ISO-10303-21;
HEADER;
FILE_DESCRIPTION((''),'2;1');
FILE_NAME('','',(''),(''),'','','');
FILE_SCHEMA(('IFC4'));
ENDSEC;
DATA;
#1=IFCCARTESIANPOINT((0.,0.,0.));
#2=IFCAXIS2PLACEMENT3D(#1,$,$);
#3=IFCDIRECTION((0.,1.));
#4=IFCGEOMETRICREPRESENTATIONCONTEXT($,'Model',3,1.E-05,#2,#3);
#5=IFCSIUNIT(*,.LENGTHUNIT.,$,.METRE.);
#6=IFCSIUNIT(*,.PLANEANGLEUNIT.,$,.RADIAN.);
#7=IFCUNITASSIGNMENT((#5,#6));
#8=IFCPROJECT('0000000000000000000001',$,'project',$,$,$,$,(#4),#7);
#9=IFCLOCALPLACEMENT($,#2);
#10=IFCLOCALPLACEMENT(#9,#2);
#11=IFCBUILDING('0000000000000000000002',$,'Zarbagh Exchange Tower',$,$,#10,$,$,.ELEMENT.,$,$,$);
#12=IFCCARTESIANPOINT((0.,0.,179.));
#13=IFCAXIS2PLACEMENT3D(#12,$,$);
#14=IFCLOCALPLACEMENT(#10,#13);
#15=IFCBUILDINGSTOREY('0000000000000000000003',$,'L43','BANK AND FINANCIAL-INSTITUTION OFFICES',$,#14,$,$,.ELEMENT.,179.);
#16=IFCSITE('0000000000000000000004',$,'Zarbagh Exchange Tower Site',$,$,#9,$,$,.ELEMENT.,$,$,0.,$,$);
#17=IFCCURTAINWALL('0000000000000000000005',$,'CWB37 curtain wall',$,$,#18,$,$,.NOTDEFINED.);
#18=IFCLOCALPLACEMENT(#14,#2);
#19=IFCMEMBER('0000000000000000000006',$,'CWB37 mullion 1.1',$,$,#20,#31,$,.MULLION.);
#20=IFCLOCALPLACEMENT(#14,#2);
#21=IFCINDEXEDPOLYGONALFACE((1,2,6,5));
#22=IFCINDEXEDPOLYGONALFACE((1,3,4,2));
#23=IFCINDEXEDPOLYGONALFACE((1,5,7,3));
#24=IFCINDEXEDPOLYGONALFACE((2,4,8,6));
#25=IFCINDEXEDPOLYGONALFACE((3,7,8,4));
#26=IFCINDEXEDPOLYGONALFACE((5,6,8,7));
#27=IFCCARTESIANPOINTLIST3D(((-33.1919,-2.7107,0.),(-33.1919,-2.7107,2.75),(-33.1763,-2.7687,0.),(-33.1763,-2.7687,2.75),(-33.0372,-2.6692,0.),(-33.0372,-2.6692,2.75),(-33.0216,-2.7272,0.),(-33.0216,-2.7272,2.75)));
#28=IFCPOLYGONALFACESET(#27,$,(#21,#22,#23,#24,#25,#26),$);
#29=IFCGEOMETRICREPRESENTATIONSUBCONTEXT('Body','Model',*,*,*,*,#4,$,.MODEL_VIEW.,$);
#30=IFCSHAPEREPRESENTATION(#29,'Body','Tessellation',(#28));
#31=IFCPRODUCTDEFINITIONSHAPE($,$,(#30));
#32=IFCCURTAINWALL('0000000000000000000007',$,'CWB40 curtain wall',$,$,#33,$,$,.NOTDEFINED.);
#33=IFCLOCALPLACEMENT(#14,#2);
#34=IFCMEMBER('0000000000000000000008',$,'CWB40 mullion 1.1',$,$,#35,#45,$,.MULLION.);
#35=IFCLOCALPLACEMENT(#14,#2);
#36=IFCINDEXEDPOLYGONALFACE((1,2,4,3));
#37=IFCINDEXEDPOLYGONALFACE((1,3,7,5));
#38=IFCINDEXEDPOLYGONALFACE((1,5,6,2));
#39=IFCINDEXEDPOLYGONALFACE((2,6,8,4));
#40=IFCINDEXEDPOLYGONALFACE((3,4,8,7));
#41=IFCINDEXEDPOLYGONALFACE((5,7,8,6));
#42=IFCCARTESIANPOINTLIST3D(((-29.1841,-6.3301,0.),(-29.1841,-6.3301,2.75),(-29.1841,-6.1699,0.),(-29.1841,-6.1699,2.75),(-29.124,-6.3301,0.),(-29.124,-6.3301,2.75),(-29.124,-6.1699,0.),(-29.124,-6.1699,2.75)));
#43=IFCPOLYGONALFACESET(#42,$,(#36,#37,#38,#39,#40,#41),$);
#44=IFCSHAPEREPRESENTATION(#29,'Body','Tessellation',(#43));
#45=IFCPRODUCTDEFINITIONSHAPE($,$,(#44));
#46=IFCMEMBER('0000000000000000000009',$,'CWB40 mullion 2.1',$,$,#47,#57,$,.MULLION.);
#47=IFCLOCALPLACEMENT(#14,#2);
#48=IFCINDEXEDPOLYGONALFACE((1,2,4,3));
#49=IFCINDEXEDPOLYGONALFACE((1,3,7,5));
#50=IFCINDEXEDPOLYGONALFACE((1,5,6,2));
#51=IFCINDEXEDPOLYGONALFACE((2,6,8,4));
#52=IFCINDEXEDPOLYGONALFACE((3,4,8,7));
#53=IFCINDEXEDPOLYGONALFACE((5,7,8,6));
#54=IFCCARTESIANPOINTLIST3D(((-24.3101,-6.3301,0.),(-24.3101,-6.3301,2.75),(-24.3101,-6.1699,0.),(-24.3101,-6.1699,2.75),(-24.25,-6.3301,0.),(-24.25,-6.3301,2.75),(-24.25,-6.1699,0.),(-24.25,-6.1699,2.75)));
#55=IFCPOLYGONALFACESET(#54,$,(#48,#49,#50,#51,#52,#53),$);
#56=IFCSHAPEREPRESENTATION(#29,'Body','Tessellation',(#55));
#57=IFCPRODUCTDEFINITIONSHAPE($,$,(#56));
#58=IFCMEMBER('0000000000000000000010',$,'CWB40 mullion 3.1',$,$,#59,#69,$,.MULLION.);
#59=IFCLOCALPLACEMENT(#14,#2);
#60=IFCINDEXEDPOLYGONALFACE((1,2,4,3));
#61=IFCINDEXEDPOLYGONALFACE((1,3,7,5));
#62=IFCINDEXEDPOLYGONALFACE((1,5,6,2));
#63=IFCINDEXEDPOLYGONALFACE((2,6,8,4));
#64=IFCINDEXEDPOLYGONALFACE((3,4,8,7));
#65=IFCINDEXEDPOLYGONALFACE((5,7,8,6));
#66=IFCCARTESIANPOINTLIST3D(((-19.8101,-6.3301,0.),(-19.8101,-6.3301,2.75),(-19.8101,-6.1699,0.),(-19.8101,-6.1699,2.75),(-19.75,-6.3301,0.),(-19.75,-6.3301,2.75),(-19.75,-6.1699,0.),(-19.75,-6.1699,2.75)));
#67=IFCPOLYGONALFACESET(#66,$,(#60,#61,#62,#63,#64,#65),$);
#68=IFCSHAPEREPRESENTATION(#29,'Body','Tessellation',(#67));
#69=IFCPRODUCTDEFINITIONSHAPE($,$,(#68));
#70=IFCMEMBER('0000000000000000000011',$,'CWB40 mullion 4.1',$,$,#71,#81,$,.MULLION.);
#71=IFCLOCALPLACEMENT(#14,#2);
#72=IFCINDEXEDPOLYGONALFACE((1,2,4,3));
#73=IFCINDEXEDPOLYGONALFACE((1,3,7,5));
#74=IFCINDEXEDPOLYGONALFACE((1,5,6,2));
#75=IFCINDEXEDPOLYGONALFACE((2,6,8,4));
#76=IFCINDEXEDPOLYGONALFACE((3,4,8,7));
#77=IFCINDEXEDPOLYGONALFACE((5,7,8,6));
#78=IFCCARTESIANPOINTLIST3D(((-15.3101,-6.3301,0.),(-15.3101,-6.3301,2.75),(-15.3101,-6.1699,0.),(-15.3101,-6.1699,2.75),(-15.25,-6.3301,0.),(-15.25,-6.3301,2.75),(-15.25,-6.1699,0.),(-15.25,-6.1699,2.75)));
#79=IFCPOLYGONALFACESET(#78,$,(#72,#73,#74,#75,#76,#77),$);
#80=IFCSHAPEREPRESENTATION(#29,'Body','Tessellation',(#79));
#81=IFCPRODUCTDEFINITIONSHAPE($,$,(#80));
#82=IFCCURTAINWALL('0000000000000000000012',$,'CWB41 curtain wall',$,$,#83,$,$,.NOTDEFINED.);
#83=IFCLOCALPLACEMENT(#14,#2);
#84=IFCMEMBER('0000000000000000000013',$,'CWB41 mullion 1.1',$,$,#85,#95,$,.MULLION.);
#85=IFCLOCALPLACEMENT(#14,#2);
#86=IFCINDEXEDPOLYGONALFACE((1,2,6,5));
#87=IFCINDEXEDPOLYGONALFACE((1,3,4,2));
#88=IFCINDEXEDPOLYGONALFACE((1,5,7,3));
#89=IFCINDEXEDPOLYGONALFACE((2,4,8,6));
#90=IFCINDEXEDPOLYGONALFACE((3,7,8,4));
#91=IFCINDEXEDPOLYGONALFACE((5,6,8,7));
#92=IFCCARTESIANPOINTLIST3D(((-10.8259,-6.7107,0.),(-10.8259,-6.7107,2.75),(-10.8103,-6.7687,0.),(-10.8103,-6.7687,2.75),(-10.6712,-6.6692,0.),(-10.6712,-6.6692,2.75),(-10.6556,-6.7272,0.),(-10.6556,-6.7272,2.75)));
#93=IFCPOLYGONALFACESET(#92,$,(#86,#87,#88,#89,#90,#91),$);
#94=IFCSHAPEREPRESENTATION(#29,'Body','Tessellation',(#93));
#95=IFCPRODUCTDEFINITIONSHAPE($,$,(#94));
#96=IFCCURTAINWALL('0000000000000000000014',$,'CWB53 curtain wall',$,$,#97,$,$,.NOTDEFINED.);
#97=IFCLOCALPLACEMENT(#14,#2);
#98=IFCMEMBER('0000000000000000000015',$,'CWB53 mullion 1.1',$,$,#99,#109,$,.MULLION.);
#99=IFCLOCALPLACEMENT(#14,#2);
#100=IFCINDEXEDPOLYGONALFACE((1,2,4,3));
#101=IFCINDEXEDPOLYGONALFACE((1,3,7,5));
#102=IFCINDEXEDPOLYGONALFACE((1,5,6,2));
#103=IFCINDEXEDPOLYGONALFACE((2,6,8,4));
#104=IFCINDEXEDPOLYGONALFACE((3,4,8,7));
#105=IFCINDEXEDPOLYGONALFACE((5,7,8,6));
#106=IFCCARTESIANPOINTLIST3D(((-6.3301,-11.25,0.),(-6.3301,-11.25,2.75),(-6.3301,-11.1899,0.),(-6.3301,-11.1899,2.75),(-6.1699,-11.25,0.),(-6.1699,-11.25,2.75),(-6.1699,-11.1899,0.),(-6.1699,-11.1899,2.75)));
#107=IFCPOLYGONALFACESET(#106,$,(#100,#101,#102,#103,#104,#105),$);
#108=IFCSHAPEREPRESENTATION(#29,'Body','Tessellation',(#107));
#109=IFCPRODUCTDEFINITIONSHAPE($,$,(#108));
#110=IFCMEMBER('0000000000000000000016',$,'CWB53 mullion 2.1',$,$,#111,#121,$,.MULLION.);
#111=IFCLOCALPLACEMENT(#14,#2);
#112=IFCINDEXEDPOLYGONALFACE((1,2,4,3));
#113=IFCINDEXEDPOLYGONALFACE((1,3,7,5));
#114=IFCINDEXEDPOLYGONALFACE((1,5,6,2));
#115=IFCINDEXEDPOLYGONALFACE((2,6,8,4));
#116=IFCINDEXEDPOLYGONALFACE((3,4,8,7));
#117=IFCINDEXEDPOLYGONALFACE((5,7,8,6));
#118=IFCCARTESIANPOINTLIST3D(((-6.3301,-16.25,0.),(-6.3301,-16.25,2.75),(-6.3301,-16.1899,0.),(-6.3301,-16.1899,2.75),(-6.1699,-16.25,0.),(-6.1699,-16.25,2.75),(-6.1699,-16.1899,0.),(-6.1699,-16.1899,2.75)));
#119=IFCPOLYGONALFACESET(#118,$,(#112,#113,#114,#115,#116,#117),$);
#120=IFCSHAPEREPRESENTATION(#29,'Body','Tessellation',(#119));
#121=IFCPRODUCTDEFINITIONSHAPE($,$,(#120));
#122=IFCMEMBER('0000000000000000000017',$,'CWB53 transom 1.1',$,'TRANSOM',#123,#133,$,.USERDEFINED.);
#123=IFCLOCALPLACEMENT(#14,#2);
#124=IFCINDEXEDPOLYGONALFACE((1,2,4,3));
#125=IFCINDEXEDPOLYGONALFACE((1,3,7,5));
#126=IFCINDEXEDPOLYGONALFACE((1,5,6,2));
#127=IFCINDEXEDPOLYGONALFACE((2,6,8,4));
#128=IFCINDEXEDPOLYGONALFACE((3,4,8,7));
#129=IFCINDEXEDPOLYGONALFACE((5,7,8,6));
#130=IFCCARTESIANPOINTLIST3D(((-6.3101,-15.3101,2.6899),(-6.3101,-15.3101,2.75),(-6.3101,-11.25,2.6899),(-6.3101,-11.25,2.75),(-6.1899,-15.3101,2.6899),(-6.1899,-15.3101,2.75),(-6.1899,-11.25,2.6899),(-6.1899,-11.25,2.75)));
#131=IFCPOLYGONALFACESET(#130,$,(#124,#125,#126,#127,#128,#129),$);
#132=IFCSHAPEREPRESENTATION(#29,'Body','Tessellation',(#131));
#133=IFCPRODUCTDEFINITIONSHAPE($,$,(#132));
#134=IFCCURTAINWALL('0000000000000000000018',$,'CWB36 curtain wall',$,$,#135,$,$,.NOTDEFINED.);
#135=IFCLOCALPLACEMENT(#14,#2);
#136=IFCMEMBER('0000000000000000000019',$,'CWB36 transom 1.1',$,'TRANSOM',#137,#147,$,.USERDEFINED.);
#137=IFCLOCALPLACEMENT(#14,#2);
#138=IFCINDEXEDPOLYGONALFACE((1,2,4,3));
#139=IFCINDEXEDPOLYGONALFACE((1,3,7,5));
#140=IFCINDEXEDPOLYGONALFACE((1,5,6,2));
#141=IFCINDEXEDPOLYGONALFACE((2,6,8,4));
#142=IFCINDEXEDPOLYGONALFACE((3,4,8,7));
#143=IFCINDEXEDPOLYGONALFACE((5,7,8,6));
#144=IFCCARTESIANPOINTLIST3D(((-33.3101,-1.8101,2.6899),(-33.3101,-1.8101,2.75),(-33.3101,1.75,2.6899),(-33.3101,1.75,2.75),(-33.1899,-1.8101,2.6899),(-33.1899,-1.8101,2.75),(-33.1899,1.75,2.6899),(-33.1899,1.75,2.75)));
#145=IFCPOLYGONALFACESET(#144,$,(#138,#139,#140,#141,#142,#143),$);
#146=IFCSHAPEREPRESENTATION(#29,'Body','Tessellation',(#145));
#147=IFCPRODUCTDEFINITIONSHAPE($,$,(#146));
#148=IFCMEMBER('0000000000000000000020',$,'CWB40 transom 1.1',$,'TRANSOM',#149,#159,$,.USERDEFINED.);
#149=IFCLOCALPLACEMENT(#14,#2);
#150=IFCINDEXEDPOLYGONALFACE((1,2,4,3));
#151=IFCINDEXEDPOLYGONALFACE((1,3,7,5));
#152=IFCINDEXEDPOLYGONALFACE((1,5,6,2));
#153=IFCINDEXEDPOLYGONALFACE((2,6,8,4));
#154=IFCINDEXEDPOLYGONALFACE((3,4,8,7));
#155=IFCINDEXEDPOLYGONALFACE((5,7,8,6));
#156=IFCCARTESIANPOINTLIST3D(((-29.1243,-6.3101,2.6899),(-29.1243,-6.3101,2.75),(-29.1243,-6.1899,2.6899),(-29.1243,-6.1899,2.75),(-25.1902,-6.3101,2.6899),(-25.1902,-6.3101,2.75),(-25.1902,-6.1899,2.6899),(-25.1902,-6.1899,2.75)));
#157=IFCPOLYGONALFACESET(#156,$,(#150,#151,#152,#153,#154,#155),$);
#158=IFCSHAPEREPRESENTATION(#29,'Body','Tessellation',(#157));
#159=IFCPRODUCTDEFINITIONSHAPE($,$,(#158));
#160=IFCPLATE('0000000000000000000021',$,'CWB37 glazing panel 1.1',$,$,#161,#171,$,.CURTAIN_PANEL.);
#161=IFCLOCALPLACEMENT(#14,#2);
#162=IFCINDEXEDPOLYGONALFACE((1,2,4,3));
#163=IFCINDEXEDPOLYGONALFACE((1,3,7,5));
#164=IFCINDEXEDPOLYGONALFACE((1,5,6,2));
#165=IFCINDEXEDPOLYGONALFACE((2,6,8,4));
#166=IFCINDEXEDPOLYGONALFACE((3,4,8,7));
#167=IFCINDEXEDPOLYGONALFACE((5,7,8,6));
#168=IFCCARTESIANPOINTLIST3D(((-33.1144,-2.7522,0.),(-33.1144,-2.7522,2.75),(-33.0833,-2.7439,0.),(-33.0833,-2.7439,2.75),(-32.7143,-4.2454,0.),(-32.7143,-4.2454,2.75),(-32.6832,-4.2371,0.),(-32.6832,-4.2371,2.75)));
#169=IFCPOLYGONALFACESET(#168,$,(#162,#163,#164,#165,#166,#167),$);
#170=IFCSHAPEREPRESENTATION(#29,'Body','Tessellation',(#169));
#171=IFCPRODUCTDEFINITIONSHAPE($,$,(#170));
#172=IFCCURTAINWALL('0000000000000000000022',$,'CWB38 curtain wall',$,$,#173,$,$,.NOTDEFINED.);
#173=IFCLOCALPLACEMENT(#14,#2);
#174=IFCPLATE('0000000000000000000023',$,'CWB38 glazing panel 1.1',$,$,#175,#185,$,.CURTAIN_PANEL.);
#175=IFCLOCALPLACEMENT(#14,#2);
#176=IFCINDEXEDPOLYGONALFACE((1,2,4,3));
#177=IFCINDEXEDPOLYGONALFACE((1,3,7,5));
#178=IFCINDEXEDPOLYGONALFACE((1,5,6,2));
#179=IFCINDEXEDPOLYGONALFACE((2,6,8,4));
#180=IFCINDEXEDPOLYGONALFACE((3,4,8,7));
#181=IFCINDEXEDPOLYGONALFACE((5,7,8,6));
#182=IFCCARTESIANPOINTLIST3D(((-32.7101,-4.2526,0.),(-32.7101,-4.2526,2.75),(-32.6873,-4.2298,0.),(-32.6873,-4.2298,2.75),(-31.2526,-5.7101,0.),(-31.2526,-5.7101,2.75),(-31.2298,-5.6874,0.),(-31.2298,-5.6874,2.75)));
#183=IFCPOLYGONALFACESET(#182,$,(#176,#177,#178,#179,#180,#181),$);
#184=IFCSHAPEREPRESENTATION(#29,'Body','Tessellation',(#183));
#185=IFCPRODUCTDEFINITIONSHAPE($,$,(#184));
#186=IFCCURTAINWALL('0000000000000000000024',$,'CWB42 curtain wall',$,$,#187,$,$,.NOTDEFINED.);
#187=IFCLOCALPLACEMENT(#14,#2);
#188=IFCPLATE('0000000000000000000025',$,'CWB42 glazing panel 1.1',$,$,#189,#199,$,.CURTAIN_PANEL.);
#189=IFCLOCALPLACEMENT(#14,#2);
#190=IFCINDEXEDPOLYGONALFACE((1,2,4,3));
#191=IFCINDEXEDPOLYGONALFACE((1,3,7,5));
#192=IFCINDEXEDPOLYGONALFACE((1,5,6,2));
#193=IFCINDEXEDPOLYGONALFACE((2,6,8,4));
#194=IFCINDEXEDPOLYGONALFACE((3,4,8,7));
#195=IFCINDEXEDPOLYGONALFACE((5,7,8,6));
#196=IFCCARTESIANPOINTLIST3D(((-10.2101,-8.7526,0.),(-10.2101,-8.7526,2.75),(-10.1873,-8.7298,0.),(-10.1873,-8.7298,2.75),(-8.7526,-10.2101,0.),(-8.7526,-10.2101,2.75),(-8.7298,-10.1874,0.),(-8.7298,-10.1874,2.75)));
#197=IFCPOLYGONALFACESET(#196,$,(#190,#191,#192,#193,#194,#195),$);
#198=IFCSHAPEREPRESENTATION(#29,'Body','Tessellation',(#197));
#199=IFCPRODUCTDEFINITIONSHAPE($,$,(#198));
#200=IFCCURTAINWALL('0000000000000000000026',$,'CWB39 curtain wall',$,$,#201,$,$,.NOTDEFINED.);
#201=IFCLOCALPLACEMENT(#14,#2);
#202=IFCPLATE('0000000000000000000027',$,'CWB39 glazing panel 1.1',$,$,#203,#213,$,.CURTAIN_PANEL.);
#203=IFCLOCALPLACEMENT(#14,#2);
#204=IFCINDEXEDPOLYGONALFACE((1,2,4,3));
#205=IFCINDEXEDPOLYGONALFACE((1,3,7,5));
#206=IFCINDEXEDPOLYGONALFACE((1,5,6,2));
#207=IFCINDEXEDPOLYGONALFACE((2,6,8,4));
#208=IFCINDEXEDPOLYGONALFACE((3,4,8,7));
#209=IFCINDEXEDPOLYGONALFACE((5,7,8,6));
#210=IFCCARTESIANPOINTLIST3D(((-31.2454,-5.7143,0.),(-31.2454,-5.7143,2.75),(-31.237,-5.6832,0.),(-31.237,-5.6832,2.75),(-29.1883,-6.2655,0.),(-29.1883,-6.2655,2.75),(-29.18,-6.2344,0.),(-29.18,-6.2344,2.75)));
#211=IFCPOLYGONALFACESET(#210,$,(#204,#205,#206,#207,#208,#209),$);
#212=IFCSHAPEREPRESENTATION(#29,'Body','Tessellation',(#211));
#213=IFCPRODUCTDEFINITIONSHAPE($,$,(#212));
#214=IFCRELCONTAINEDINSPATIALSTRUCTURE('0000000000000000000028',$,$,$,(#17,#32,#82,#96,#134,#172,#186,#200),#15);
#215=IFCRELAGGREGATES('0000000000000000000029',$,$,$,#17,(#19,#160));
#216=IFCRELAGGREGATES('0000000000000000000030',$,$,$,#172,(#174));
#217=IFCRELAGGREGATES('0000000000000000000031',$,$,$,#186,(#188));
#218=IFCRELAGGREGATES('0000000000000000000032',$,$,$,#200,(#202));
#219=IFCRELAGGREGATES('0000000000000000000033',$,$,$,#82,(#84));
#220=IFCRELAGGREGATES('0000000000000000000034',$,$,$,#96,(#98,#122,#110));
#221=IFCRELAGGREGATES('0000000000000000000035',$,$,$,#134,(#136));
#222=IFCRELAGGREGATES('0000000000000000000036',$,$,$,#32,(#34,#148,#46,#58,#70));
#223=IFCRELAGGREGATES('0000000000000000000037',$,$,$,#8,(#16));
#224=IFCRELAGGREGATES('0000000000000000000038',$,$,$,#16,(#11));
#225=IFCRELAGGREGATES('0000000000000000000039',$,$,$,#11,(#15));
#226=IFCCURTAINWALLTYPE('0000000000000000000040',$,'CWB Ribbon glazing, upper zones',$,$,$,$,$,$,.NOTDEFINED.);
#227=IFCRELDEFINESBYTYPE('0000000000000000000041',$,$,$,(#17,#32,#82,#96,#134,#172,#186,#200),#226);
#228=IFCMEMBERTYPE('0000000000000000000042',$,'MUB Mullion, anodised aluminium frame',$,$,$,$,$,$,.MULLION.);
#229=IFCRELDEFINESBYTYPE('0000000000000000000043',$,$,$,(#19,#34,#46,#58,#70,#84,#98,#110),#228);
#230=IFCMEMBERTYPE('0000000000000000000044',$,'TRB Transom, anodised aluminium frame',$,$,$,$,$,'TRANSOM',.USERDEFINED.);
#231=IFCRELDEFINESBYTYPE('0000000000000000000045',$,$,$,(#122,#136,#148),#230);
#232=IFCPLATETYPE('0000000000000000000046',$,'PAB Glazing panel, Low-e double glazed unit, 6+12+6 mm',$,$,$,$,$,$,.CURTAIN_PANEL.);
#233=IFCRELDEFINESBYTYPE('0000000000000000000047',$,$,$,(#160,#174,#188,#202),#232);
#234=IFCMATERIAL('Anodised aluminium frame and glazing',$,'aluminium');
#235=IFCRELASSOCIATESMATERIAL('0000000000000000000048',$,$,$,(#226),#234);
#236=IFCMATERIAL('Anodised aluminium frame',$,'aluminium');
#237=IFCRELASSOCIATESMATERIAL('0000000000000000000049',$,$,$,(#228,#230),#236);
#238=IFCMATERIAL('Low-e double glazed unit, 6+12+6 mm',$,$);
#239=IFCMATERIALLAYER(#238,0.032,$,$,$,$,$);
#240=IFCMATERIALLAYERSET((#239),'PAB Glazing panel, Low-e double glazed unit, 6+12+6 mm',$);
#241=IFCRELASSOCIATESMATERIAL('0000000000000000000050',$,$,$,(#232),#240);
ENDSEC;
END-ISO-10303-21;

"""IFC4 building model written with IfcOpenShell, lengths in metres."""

from ifc_helpers import new_model, si_unit, direction, frame, origin, place, context, subcontext, project, spatial, polyline, outline, extrude, source, transform, mapped, material, layer, layer_set, type_object, element, aggregate, save


model = new_model("IFC4")

# Units and contexts
model_context = context("Model", 3, precision=1e-05, world=origin(), true_north=direction((0.0, 1.0)))
body_context = subcontext(model_context, "Body", "Model", "MODEL_VIEW")
ifc_project = project(units=[si_unit("LENGTHUNIT", "METRE"), si_unit("PLANEANGLEUNIT", "RADIAN")], contexts=[model_context])

# Site, building, storey
site_placement = place(None, origin())
site = spatial("IfcSite", under=ifc_project, at=site_placement, Name="Zarbagh Exchange Tower Site", CompositionType="ELEMENT", RefElevation=0.0)
building_placement = place(site_placement, origin())
building = spatial("IfcBuilding", under=site, at=building_placement, Name="Zarbagh Exchange Tower", CompositionType="ELEMENT")
storey_placement = place(building_placement, frame((0.0, 0.0, 179.0)))
storey = spatial("IfcBuildingStorey", under=building, at=storey_placement, Name="L43", Description="BANK AND FINANCIAL-INSTITUTION OFFICES", CompositionType="ELEMENT", Elevation=179.0)

# Curtain wall, member
ifc_material_1 = material(Name="Anodised aluminium frame and glazing", Category="aluminium")
curtain_wall_type = type_object("IfcCurtainWallType", Name="CWB Ribbon glazing, upper zones", PredefinedType="NOTDEFINED", material=ifc_material_1)
curtain_wall_1_placement = place(storey_placement, origin())
curtain_wall_1 = element("IfcCurtainWall", 1, at=curtain_wall_1_placement, inside=storey, type_object=curtain_wall_type, Name="CWB37 curtain wall", PredefinedType="NOTDEFINED")
ifc_material_2 = material(Name="Anodised aluminium frame", Category="aluminium")
member_type_1 = type_object("IfcMemberType", Name="MUB Mullion, anodised aluminium frame", PredefinedType="MULLION", material=ifc_material_2)
shared_shape_1 = source(origin(), body_context, "Body", "SweptSolid", [
    extrude(outline(polyline([(0.0, -0.0801), (0.0601, -0.0801), (0.0601, 0.0801), (0.0, 0.0801), (0.0, -0.0801)])), origin(), (0.0, 0.0, 1.0), 2.75),
])
placement = place(storey_placement, origin())
member_1 = element("IfcMember", 2, at=placement, type_object=member_type_1, Name="CWB37 mullion 1.1", PredefinedType="MULLION", context=body_context, shape_type="MappedRepresentation", body=[
    mapped(shared_shape_1, transform((-33.1145, -2.6899, 0.0), x_axis=(0.258825, -0.965924, 0.0), y_axis=(0.965924, 0.258825, 0.0), z_axis=(0.0, 0.0, 1.0))),
])

# Curtain wall, members
curtain_wall_2_placement = place(storey_placement, origin())
curtain_wall_2 = element("IfcCurtainWall", 3, at=curtain_wall_2_placement, inside=storey, type_object=curtain_wall_type, Name="CWB40 curtain wall", PredefinedType="NOTDEFINED")
member_2 = element("IfcMember", 4, at=placement, type_object=member_type_1, Name="CWB40 mullion 1.1", PredefinedType="MULLION", context=body_context, shape_type="MappedRepresentation", body=[
    mapped(shared_shape_1, transform((-29.1841, -6.25, 0.0), x_axis=(1.0, 0.0, 0.0), y_axis=(0.0, 1.0, 0.0), z_axis=(0.0, 0.0, 1.0))),
])
member_3 = element("IfcMember", 5, at=placement, type_object=member_type_1, Name="CWB40 mullion 2.1", PredefinedType="MULLION", context=body_context, shape_type="MappedRepresentation", body=[
    mapped(shared_shape_1, transform((-24.3101, -6.25, 0.0), x_axis=(1.0, 0.0, 0.0), y_axis=(0.0, 1.0, 0.0), z_axis=(0.0, 0.0, 1.0))),
])
member_4 = element("IfcMember", 6, at=placement, type_object=member_type_1, Name="CWB40 mullion 3.1", PredefinedType="MULLION", context=body_context, shape_type="MappedRepresentation", body=[
    mapped(shared_shape_1, transform((-19.8101, -6.25, 0.0), x_axis=(1.0, 0.0, 0.0), y_axis=(0.0, 1.0, 0.0), z_axis=(0.0, 0.0, 1.0))),
])
member_5 = element("IfcMember", 7, at=placement, type_object=member_type_1, Name="CWB40 mullion 4.1", PredefinedType="MULLION", context=body_context, shape_type="MappedRepresentation", body=[
    mapped(shared_shape_1, transform((-15.3101, -6.25, 0.0), x_axis=(1.0, 0.0, 0.0), y_axis=(0.0, 1.0, 0.0), z_axis=(0.0, 0.0, 1.0))),
])

# Curtain wall, member
curtain_wall_3_placement = place(storey_placement, origin())
curtain_wall_3 = element("IfcCurtainWall", 8, at=curtain_wall_3_placement, inside=storey, type_object=curtain_wall_type, Name="CWB41 curtain wall", PredefinedType="NOTDEFINED")
member_6 = element("IfcMember", 9, at=placement, type_object=member_type_1, Name="CWB41 mullion 1.1", PredefinedType="MULLION", context=body_context, shape_type="MappedRepresentation", body=[
    mapped(shared_shape_1, transform((-10.7485, -6.6899, 0.0), x_axis=(0.258825, -0.965924, 0.0), y_axis=(0.965924, 0.258825, 0.0), z_axis=(0.0, 0.0, 1.0))),
])

# Curtain wall, members
curtain_wall_4_placement = place(storey_placement, origin())
curtain_wall_4 = element("IfcCurtainWall", 10, at=curtain_wall_4_placement, inside=storey, type_object=curtain_wall_type, Name="CWB53 curtain wall", PredefinedType="NOTDEFINED")
member_7 = element("IfcMember", 11, at=placement, type_object=member_type_1, Name="CWB53 mullion 1.1", PredefinedType="MULLION", context=body_context, shape_type="MappedRepresentation", body=[
    mapped(shared_shape_1, transform((-6.25, -11.1899, 0.0), x_axis=(0.0, -1.0, 0.0), y_axis=(1.0, 0.0, 0.0), z_axis=(0.0, 0.0, 1.0))),
])
member_8 = element("IfcMember", 12, at=placement, type_object=member_type_1, Name="CWB53 mullion 2.1", PredefinedType="MULLION", context=body_context, shape_type="MappedRepresentation", body=[
    mapped(shared_shape_1, transform((-6.25, -16.1899, 0.0), x_axis=(0.0, -1.0, 0.0), y_axis=(1.0, 0.0, 0.0), z_axis=(0.0, 0.0, 1.0))),
])
member_type_2 = type_object("IfcMemberType", Name="TRB Transom, anodised aluminium frame", ElementType="TRANSOM", PredefinedType="USERDEFINED", material=ifc_material_2)
shared_shape_2 = source(origin(), body_context, "Body", "SweptSolid", [
    extrude(outline(polyline([(-0.0601, -0.0601), (0.0, -0.0601), (0.0, 0.0601), (-0.0601, 0.0601), (-0.0601, -0.0601)])), origin(), (0.0, 0.0, 1.0), 4.0601),
])
member_9 = element("IfcMember", 13, at=placement, type_object=member_type_2, Name="CWB53 transom 1.1", ObjectType="TRANSOM", PredefinedType="USERDEFINED", context=body_context, shape_type="MappedRepresentation", body=[
    mapped(shared_shape_2, transform((-6.25, -11.25, 2.75), x_axis=(0.0, 0.0, 1.0), y_axis=(-1.0, 0.0, 0.0), z_axis=(0.0, -1.0, 0.0))),
])

# Curtain wall, member
curtain_wall_5_placement = place(storey_placement, origin())
curtain_wall_5 = element("IfcCurtainWall", 14, at=curtain_wall_5_placement, inside=storey, type_object=curtain_wall_type, Name="CWB36 curtain wall", PredefinedType="NOTDEFINED")
shared_shape_3 = source(origin(), body_context, "Body", "SweptSolid", [
    extrude(outline(polyline([(-0.0601, -0.0601), (0.0, -0.0601), (0.0, 0.0601), (-0.0601, 0.0601), (-0.0601, -0.0601)])), origin(), (0.0, 0.0, 1.0), 3.5601),
])
member_10 = element("IfcMember", 15, at=placement, type_object=member_type_2, Name="CWB36 transom 1.1", ObjectType="TRANSOM", PredefinedType="USERDEFINED", context=body_context, shape_type="MappedRepresentation", body=[
    mapped(shared_shape_3, transform((-33.25, 1.75, 2.75), x_axis=(0.0, 0.0, 1.0), y_axis=(-1.0, 0.0, 0.0), z_axis=(0.0, -1.0, 0.0))),
])

# Member
shared_shape_4 = source(origin(), body_context, "Body", "SweptSolid", [
    extrude(outline(polyline([(-0.0601, -0.0601), (0.0, -0.0601), (0.0, 0.0601), (-0.0601, 0.0601), (-0.0601, -0.0601)])), origin(), (0.0, 0.0, 1.0), 3.9341),
])
member_11 = element("IfcMember", 16, at=placement, type_object=member_type_2, Name="CWB40 transom 1.1", ObjectType="TRANSOM", PredefinedType="USERDEFINED", context=body_context, shape_type="MappedRepresentation", body=[
    mapped(shared_shape_4, transform((-29.1243, -6.25, 2.75), x_axis=(0.0, 0.0, 1.0), y_axis=(0.0, -1.0, 0.0), z_axis=(1.0, 0.0, 0.0))),
])

# Plate
ifc_material_3 = material(Name="Low-e double glazed unit, 6+12+6 mm")
ifc_layer = layer(ifc_material_3, 0.032)
ifc_layer_set = layer_set([ifc_layer], Name="PAB Glazing panel, Low-e double glazed unit, 6+12+6 mm")
plate_type = type_object("IfcPlateType", Name="PAB Glazing panel, Low-e double glazed unit, 6+12+6 mm", PredefinedType="CURTAIN_PANEL", material=ifc_layer_set)
shared_shape_5 = source(origin(), body_context, "Body", "SweptSolid", [
    extrude(outline(polyline([(0.0, -0.0161), (1.5459, -0.0161), (1.5459, 0.0161), (0.0, 0.0161), (0.0, -0.0161)])), origin(), (0.0, 0.0, 1.0), 2.75),
])
plate_1 = element("IfcPlate", 17, at=placement, type_object=plate_type, Name="CWB37 glazing panel 1.1", PredefinedType="CURTAIN_PANEL", context=body_context, shape_type="MappedRepresentation", body=[
    mapped(shared_shape_5, transform((-33.0989, -2.748, 0.0), x_axis=(0.258825, -0.965924, 0.0), y_axis=(0.965924, 0.258825, 0.0), z_axis=(0.0, 0.0, 1.0))),
])
aggregate(curtain_wall_1, [member_1, plate_1])

# Curtain walls, plates
curtain_wall_6_placement = place(storey_placement, origin())
curtain_wall_6 = element("IfcCurtainWall", 18, at=curtain_wall_6_placement, inside=storey, type_object=curtain_wall_type, Name="CWB38 curtain wall", PredefinedType="NOTDEFINED")
shared_shape_6 = source(origin(), body_context, "Body", "SweptSolid", [
    extrude(outline(polyline([(0.0, -0.0161), (2.0613, -0.0161), (2.0613, 0.0161), (0.0, 0.0161), (0.0, -0.0161)])), origin(), (0.0, 0.0, 1.0), 2.75),
])
plate_2 = element("IfcPlate", 19, at=placement, type_object=plate_type, Name="CWB38 glazing panel 1.1", PredefinedType="CURTAIN_PANEL", context=body_context, shape_type="MappedRepresentation", body=[
    mapped(shared_shape_6, transform((-32.6987, -4.2412, 0.0), x_axis=(0.707107, -0.707107, 0.0), y_axis=(0.707107, 0.707107, 0.0), z_axis=(0.0, 0.0, 1.0))),
])
aggregate(curtain_wall_6, [plate_2])
curtain_wall_7_placement = place(storey_placement, origin())
curtain_wall_7 = element("IfcCurtainWall", 20, at=curtain_wall_7_placement, inside=storey, type_object=curtain_wall_type, Name="CWB42 curtain wall", PredefinedType="NOTDEFINED")
plate_3 = element("IfcPlate", 21, at=placement, type_object=plate_type, Name="CWB42 glazing panel 1.1", PredefinedType="CURTAIN_PANEL", context=body_context, shape_type="MappedRepresentation", body=[
    mapped(shared_shape_6, transform((-10.1987, -8.7412, 0.0), x_axis=(0.707107, -0.707107, 0.0), y_axis=(0.707107, 0.707107, 0.0), z_axis=(0.0, 0.0, 1.0))),
])
aggregate(curtain_wall_7, [plate_3])
curtain_wall_8_placement = place(storey_placement, origin())
curtain_wall_8 = element("IfcCurtainWall", 22, at=curtain_wall_8_placement, inside=storey, type_object=curtain_wall_type, Name="CWB39 curtain wall", PredefinedType="NOTDEFINED")
shared_shape_7 = source(origin(), body_context, "Body", "SweptSolid", [
    extrude(outline(polyline([(0.0, -0.0161), (2.1296, -0.0161), (2.1296, 0.0161), (0.0, 0.0161), (0.0, -0.0161)])), origin(), (0.0, 0.0, 1.0), 2.75),
])
plate_4 = element("IfcPlate", 23, at=placement, type_object=plate_type, Name="CWB39 glazing panel 1.1", PredefinedType="CURTAIN_PANEL", context=body_context, shape_type="MappedRepresentation", body=[
    mapped(shared_shape_7, transform((-31.2412, -5.6987, 0.0), x_axis=(0.965924, -0.258825, 0.0), y_axis=(0.258825, 0.965924, 0.0), z_axis=(0.0, 0.0, 1.0))),
])
aggregate(curtain_wall_8, [plate_4])

aggregate(curtain_wall_3, [member_6])

aggregate(curtain_wall_4, [member_7, member_9, member_8])
aggregate(curtain_wall_5, [member_10])
aggregate(curtain_wall_2, [member_2, member_11, member_3, member_4, member_5])

save(model, "model.ifc")
